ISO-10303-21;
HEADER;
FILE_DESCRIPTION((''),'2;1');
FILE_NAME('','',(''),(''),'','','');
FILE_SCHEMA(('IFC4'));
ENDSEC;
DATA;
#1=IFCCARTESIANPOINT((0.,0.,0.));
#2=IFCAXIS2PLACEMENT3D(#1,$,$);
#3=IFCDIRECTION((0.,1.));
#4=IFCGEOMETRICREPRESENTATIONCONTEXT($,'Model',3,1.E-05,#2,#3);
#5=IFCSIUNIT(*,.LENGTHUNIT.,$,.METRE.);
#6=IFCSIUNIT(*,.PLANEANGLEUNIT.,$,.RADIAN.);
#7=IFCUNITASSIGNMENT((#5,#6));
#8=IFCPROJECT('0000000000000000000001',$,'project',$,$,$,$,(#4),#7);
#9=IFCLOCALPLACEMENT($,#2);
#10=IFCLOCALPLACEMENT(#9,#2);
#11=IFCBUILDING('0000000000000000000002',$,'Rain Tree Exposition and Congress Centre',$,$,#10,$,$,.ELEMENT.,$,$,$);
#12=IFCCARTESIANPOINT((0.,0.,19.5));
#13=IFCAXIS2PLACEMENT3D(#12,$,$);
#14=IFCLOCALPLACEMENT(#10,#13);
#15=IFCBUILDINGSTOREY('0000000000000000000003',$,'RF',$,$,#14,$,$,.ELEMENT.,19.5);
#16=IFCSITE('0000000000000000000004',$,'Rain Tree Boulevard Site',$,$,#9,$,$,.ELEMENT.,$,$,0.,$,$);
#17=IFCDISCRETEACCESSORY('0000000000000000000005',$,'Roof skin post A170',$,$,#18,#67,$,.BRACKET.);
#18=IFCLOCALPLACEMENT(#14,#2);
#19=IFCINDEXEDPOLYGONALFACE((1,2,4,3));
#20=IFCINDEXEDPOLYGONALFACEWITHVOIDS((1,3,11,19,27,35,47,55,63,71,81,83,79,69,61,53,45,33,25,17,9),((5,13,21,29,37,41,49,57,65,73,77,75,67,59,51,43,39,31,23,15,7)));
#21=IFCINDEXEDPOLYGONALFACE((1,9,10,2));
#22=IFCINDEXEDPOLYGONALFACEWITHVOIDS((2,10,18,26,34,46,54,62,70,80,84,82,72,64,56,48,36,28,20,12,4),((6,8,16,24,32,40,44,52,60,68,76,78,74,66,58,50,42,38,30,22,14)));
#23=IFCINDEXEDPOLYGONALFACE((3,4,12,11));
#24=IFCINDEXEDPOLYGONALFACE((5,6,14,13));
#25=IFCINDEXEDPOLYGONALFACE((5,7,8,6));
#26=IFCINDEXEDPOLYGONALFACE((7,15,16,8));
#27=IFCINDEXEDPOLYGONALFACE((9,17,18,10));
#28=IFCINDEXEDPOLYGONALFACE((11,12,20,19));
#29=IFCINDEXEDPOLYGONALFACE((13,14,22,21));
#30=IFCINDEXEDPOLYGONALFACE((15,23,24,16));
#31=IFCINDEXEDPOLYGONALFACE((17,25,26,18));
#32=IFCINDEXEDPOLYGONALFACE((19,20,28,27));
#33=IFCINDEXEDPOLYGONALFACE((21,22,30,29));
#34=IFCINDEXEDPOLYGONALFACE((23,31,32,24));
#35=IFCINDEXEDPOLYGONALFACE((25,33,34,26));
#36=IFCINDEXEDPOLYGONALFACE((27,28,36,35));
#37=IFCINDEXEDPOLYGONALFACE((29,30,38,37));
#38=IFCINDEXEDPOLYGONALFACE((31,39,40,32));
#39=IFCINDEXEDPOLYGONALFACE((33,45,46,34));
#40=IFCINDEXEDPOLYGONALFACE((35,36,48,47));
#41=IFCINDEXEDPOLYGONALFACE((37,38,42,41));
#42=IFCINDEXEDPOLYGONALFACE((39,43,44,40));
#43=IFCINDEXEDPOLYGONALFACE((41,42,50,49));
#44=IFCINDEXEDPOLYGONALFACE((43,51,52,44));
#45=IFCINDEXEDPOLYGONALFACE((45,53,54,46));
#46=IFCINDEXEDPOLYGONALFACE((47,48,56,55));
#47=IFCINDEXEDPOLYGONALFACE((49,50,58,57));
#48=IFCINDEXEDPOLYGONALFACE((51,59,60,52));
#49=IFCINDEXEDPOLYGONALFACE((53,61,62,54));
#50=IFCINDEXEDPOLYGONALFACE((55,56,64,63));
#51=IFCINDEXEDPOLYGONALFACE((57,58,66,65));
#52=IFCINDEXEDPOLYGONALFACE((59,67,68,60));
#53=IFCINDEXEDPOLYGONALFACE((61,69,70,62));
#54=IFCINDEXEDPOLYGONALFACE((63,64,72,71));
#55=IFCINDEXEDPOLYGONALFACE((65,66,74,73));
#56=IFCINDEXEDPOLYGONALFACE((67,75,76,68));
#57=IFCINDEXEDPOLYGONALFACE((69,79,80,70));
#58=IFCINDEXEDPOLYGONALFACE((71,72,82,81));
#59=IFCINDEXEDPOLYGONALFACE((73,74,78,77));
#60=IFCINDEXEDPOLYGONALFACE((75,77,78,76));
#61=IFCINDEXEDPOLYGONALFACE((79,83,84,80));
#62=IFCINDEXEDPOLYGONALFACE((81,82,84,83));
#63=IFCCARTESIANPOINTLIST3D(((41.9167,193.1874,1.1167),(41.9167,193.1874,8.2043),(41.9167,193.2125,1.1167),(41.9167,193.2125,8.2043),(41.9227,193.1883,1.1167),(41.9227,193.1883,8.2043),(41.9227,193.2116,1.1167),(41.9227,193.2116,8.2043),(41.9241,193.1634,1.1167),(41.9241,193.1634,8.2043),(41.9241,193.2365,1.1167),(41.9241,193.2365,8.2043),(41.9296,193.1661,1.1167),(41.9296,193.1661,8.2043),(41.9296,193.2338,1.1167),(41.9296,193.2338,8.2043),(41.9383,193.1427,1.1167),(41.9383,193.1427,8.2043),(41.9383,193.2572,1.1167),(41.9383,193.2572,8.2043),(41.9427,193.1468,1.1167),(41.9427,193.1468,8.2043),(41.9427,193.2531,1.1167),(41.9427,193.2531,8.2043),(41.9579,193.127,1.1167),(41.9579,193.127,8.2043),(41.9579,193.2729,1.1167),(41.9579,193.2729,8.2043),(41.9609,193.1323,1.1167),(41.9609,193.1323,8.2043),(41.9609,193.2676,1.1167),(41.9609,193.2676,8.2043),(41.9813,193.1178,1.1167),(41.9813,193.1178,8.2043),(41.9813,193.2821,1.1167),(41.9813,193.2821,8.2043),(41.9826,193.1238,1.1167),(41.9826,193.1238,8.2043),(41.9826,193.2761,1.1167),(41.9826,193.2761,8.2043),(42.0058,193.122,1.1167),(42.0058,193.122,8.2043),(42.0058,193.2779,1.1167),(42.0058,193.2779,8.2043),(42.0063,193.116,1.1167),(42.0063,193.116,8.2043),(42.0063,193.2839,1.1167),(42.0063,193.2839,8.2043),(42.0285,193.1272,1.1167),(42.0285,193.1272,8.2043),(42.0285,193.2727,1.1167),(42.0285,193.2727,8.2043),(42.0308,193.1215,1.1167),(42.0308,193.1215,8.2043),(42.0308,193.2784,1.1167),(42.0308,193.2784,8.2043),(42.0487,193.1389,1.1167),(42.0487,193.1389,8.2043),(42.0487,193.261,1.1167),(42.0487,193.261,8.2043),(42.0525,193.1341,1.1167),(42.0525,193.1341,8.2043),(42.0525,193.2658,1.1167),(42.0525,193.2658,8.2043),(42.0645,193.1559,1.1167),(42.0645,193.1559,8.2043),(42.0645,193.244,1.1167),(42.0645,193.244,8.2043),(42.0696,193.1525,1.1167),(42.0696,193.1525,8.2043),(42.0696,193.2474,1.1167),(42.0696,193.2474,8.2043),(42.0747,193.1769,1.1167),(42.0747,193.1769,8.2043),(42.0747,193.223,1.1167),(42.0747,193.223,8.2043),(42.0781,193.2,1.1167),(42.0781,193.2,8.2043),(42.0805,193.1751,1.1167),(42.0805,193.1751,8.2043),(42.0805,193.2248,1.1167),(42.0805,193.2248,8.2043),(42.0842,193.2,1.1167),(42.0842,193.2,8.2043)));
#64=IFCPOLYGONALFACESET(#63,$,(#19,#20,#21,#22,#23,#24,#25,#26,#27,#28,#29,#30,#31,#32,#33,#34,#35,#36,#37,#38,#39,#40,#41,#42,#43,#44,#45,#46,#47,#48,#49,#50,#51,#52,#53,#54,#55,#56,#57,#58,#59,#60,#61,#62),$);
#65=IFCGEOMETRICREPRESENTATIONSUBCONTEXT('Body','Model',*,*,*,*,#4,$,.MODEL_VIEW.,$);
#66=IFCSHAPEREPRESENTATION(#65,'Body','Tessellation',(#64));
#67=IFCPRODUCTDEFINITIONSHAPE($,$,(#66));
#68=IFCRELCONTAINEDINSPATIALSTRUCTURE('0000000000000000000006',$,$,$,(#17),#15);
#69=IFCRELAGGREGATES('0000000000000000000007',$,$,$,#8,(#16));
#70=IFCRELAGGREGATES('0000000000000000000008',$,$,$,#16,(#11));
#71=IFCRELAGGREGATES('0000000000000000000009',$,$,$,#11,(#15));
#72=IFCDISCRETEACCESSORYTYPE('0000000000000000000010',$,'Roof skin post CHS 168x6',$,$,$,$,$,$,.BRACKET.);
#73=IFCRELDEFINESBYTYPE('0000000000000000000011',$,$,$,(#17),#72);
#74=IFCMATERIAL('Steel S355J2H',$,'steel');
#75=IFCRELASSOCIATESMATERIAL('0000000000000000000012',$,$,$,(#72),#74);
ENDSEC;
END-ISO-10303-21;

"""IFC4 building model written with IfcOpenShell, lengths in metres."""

from ifc_helpers import new_model, si_unit, direction, frame, origin, origin_2d, place, context, subcontext, project, spatial, hollow_circle, extrude, material, material_profile, profile_set, type_object, element, save


model = new_model("IFC4")

# Units and contexts
model_context = context("Model", 3, precision=1e-05, world=origin(), true_north=direction((0.0, 1.0)))
body_context = subcontext(model_context, "Body", "Model", "MODEL_VIEW")
ifc_project = project(units=[si_unit("LENGTHUNIT", "METRE"), si_unit("PLANEANGLEUNIT", "RADIAN")], contexts=[model_context])

# Site, building, storey
site_placement = place(None, origin())
site = spatial("IfcSite", under=ifc_project, at=site_placement, Name="Rain Tree Boulevard Site", CompositionType="ELEMENT", RefElevation=0.0)
building_placement = place(site_placement, origin())
building = spatial("IfcBuilding", under=site, at=building_placement, Name="Rain Tree Exposition and Congress Centre", CompositionType="ELEMENT")
storey_placement = place(building_placement, frame((0.0, 0.0, 19.5)))
storey = spatial("IfcBuildingStorey", under=building, at=storey_placement, Name="RF", CompositionType="ELEMENT", Elevation=19.5)

# Discrete accessory
ifc_material_1 = material(Name="Steel S355J2H", Category="steel")
ifc_material_profile_1 = material_profile(ifc_material_1, hollow_circle(Radius=0.0842, WallThickness=0.0061, at=origin_2d()), Name="CHS 168x6")
ifc_profile_set_1 = profile_set([ifc_material_profile_1], Name="Steel S355J2H")
discrete_accessory_type_1 = type_object("IfcDiscreteAccessoryType", Name="Roof skin post CHS 168x6", PredefinedType="BRACKET", material=ifc_profile_set_1)
discrete_accessory_1_placement = place(storey_placement, frame((42.0, 193.2, 1.1167), z_axis=(0.0, 0.0, 1.0), x_axis=(1.0, 0.0, 0.0)))
element("IfcDiscreteAccessory", 1, at=discrete_accessory_1_placement, inside=storey, type_object=discrete_accessory_type_1, Name="Roof skin post A170", PredefinedType="BRACKET", context=body_context, shape_type="SweptSolid", body=[
    extrude(hollow_circle(Radius=0.0842, WallThickness=0.0061, at=origin_2d()), origin(), (0.0, 0.0, 1.0), 7.0876),
])

save(model, "model.ifc")
